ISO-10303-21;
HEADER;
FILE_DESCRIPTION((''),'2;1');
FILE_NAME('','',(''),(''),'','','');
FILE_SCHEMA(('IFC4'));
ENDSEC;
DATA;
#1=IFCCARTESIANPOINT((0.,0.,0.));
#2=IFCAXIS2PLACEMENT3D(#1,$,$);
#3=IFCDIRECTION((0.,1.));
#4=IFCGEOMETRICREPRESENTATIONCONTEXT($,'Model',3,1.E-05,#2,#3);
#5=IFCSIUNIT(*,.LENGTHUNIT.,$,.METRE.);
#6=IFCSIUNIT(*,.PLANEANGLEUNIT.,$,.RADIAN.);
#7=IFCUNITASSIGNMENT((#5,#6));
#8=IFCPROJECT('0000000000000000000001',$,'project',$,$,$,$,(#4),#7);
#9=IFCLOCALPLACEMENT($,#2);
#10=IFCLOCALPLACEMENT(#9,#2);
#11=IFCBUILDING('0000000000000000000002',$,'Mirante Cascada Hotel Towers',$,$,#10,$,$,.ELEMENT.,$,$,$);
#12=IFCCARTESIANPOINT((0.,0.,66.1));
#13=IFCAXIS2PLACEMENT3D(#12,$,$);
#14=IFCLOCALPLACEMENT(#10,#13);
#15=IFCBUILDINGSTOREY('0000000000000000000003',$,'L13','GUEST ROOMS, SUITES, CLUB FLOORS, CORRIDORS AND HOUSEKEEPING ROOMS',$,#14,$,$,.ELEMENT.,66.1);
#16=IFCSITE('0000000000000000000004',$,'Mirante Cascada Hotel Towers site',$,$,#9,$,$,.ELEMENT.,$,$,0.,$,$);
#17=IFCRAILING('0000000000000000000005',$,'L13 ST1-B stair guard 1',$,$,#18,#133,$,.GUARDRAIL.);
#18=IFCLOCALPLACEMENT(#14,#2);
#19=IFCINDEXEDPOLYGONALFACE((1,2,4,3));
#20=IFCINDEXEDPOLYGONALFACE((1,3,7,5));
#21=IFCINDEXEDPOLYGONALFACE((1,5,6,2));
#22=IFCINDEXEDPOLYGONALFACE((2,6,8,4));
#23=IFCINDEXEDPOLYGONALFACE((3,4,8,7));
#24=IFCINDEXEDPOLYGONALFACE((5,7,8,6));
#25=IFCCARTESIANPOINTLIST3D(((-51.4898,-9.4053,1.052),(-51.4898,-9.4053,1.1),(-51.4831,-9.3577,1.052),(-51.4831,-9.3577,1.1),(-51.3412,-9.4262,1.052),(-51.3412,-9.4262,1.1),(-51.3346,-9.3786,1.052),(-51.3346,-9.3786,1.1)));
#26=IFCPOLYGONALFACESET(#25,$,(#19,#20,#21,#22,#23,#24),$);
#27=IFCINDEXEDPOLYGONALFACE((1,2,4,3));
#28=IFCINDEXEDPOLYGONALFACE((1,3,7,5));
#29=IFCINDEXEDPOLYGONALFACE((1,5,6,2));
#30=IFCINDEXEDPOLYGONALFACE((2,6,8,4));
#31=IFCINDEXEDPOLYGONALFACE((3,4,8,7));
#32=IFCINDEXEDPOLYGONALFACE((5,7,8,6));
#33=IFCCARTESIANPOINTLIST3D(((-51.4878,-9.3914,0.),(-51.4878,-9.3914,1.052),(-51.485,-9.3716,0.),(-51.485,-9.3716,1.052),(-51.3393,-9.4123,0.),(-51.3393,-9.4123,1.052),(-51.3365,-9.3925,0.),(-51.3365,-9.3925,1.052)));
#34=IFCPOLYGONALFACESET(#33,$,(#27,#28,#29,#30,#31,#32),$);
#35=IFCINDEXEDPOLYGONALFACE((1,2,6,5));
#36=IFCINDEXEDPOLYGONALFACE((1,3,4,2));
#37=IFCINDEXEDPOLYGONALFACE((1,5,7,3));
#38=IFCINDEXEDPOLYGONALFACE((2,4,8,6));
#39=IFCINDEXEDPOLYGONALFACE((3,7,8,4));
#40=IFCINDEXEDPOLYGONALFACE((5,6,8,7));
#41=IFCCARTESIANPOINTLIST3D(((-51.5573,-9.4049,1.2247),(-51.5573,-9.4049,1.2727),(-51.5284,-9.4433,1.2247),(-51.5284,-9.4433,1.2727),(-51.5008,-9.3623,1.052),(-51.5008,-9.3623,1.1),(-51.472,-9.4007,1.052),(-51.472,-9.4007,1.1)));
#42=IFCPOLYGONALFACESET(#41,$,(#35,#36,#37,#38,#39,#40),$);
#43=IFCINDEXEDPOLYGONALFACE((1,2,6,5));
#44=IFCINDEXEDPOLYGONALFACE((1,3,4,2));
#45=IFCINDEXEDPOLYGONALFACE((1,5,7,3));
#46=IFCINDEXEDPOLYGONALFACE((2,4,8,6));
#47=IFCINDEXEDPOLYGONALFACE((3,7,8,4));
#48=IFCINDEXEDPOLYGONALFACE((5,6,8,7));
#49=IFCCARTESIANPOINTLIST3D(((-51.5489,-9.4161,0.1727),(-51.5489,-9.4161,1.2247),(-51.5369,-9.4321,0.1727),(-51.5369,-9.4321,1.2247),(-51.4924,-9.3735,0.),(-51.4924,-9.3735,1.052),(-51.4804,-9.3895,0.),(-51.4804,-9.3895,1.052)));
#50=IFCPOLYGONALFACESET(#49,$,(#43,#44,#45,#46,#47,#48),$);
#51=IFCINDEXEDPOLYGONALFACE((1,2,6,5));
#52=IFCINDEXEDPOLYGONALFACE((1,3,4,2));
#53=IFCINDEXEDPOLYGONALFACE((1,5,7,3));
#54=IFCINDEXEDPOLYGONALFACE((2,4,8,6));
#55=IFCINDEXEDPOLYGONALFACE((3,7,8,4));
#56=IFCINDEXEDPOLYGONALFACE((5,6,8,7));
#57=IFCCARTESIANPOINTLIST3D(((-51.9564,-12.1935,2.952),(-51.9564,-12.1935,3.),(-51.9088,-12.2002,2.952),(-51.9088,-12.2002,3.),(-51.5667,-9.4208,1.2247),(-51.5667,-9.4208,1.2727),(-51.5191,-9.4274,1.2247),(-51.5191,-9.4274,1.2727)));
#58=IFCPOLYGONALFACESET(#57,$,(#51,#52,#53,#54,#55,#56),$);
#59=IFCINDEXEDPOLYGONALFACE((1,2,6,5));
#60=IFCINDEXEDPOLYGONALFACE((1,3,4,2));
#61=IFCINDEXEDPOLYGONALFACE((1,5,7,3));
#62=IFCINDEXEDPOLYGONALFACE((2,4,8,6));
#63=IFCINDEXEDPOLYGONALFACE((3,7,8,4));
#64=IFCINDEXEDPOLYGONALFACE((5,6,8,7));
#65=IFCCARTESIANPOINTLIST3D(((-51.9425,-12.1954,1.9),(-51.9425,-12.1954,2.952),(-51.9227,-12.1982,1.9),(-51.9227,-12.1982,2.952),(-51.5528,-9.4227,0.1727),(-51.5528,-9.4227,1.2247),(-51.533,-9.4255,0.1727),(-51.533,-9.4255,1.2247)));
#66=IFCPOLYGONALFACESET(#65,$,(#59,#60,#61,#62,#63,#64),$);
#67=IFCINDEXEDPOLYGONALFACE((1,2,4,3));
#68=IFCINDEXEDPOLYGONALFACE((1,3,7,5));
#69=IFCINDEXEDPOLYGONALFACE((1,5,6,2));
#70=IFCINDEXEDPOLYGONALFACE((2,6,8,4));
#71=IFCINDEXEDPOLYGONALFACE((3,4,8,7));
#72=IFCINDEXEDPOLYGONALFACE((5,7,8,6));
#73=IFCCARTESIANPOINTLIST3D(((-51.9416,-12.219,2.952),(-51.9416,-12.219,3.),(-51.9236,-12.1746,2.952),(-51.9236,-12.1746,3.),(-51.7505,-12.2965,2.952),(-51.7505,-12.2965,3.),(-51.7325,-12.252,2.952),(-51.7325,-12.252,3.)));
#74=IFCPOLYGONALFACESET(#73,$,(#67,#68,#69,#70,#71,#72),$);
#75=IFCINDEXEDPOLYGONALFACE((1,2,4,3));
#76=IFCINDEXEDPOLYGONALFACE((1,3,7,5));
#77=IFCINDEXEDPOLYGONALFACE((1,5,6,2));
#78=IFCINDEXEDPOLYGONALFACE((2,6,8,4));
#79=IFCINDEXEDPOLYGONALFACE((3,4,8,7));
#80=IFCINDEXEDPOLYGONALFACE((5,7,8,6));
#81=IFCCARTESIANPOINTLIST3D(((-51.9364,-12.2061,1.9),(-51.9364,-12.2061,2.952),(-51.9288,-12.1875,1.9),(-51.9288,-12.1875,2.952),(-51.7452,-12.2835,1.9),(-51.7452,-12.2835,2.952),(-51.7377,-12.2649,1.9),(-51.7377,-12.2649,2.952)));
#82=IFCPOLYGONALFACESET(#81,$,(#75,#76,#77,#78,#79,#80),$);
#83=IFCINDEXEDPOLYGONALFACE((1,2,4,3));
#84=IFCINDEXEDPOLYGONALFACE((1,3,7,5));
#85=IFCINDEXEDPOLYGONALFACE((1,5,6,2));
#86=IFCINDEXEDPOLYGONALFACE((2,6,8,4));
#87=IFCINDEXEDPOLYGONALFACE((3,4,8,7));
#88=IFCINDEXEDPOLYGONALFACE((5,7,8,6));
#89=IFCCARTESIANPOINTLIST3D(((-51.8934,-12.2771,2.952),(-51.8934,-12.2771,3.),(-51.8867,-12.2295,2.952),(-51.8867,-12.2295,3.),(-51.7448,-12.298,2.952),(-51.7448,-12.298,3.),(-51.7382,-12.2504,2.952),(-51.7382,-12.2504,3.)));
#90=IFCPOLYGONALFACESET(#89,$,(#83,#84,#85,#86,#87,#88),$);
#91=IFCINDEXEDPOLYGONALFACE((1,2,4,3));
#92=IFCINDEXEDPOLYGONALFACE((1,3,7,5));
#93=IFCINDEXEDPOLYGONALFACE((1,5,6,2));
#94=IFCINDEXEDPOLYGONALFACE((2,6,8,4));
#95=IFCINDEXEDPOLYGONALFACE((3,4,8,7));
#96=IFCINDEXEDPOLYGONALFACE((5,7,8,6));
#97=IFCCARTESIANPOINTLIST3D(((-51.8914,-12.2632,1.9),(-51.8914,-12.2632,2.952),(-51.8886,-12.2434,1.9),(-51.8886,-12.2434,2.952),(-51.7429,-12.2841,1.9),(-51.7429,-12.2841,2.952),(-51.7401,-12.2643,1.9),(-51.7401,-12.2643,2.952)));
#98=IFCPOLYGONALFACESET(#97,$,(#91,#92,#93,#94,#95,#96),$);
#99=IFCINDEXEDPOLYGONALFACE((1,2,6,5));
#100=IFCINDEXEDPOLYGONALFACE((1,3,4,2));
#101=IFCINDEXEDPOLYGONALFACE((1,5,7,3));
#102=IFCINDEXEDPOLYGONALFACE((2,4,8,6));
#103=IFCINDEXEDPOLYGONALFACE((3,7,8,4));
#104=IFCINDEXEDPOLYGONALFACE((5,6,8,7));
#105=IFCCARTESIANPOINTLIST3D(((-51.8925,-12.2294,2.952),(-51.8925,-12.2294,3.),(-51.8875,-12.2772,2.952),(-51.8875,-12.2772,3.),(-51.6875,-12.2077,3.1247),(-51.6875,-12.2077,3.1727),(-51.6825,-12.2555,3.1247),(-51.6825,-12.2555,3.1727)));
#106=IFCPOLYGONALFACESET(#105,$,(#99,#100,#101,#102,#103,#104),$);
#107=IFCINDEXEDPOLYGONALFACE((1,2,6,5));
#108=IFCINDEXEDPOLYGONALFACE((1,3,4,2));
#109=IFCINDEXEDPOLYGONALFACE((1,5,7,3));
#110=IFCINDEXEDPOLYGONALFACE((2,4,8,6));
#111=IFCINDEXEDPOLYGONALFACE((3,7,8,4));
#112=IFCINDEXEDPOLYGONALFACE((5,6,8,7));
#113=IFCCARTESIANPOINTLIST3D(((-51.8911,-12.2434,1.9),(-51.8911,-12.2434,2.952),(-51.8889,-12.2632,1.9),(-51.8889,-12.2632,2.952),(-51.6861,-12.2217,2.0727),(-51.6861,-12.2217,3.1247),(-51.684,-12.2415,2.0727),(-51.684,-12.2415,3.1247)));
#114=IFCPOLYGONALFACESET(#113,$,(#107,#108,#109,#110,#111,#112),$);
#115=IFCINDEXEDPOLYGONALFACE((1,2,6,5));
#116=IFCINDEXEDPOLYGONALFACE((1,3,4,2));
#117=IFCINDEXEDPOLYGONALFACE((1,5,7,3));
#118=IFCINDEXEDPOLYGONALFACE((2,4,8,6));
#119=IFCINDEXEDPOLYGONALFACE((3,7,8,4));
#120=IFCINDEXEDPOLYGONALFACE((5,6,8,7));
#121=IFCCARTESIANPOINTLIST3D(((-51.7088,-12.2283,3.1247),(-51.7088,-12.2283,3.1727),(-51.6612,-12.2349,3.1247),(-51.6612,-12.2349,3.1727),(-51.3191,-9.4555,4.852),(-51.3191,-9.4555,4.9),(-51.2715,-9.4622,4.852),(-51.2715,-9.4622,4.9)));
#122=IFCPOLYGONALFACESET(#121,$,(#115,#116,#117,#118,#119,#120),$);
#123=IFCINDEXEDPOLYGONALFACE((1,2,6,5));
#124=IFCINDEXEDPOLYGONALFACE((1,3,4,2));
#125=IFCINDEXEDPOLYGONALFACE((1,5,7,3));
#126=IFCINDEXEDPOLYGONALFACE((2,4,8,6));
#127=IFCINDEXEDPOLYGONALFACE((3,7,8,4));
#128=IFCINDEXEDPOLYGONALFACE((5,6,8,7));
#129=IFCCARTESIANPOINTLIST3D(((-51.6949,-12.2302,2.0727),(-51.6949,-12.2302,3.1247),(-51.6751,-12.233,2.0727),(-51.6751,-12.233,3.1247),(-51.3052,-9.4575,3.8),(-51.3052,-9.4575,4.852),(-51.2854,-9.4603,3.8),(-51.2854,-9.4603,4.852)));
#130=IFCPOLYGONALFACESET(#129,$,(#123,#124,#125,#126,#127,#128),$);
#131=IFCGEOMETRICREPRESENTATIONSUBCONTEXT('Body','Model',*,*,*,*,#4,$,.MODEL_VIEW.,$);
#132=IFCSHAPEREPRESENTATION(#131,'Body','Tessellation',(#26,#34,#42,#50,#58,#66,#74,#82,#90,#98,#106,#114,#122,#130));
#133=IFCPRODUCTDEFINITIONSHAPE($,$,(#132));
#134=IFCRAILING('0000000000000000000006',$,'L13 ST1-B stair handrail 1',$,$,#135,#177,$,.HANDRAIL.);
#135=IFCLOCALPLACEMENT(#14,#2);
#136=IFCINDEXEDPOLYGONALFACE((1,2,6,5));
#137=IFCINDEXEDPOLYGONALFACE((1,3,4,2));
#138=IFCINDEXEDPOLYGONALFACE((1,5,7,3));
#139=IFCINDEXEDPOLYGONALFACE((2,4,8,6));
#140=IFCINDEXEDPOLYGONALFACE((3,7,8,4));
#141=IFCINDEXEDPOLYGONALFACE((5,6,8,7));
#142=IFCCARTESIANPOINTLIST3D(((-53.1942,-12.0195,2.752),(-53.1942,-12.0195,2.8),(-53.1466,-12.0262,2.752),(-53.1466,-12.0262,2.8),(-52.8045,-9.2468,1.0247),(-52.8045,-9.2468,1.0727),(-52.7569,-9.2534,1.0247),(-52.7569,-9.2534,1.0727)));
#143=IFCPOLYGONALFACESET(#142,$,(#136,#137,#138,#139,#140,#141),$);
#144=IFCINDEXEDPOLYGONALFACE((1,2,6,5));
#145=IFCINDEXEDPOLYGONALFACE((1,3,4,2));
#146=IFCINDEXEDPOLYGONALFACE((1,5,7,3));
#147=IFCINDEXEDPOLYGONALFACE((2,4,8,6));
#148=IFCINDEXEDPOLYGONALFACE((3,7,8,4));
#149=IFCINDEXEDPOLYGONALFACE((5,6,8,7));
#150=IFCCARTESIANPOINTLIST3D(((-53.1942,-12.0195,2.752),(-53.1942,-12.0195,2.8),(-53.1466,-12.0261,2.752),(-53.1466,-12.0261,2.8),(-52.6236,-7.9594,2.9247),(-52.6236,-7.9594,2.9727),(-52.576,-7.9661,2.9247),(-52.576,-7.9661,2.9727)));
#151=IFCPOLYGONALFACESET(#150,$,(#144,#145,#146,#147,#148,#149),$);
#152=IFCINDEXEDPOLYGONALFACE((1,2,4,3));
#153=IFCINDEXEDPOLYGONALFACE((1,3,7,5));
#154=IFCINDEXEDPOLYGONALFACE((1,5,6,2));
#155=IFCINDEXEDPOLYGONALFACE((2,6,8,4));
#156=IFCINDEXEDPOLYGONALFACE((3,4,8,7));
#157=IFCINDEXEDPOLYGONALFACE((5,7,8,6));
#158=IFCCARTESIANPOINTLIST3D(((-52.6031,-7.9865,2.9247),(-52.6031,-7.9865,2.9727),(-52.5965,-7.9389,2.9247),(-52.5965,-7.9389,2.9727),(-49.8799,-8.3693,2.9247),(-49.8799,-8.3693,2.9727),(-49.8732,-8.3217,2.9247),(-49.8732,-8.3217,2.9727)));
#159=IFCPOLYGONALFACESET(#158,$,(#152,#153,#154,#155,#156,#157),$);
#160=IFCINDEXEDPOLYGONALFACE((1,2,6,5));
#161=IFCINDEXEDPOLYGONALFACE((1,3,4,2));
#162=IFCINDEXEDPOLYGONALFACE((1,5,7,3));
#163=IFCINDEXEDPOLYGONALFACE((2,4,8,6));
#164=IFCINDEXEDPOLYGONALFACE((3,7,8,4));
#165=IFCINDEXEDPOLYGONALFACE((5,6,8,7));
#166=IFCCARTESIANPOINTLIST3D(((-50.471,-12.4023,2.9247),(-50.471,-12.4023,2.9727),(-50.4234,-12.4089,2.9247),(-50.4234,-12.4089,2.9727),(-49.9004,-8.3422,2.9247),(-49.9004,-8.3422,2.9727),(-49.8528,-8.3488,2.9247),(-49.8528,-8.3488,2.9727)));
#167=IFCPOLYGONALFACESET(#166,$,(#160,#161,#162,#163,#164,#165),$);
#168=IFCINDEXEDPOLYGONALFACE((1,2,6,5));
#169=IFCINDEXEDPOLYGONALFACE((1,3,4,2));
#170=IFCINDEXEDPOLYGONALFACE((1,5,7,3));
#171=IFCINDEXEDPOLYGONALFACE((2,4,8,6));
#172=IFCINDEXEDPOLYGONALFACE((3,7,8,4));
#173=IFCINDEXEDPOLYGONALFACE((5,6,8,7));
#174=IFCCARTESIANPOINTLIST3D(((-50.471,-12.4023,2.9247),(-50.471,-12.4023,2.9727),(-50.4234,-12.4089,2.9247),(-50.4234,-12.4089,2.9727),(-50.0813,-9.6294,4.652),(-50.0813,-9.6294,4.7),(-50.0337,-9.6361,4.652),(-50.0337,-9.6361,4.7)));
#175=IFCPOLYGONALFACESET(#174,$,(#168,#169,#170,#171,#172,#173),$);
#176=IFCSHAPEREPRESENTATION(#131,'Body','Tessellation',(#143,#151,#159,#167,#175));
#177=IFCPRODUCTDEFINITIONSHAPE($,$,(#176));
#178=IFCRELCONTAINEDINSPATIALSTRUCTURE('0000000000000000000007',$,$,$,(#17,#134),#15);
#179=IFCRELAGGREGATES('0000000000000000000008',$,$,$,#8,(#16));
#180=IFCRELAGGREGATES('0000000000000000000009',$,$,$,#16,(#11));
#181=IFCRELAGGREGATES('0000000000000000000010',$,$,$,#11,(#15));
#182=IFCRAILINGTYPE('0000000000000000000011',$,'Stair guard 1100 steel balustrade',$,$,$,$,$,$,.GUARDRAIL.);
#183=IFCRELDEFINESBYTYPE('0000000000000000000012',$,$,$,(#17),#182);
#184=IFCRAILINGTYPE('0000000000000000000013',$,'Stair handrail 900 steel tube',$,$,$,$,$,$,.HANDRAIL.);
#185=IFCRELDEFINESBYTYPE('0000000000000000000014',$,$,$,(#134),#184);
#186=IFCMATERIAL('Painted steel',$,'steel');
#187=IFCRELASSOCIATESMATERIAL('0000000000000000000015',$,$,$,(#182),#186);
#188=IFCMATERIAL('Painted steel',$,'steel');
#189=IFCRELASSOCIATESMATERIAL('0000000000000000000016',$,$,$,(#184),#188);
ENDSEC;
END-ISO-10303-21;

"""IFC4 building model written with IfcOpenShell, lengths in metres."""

from ifc_helpers import new_model, si_unit, direction, frame, origin, origin_2d, place, context, subcontext, project, spatial, rectangle, extrude, material, type_object, element, save


model = new_model("IFC4")

# Units and contexts
model_context = context("Model", 3, precision=1e-05, world=origin(), true_north=direction((0.0, 1.0)))
body_context = subcontext(model_context, "Body", "Model", "MODEL_VIEW")
ifc_project = project(units=[si_unit("LENGTHUNIT", "METRE"), si_unit("PLANEANGLEUNIT", "RADIAN")], contexts=[model_context])

# Site, building, storey
site_placement = place(None, origin())
site = spatial("IfcSite", under=ifc_project, at=site_placement, Name="Mirante Cascada Hotel Towers site", CompositionType="ELEMENT", RefElevation=0.0)
building_placement = place(site_placement, origin())
building = spatial("IfcBuilding", under=site, at=building_placement, Name="Mirante Cascada Hotel Towers", CompositionType="ELEMENT")
storey_placement = place(building_placement, frame((0.0, 0.0, 66.1)))
storey = spatial("IfcBuildingStorey", under=building, at=storey_placement, Name="L13", Description="GUEST ROOMS, SUITES, CLUB FLOORS, CORRIDORS AND HOUSEKEEPING ROOMS", CompositionType="ELEMENT", Elevation=66.1)

# Railings
ifc_material_1 = material(Name="Painted steel", Category="steel")
railing_type_1 = type_object("IfcRailingType", Name="Stair guard 1100 steel balustrade", PredefinedType="GUARDRAIL", material=ifc_material_1)
railing_1_placement = place(storey_placement, frame((-51.3379, -9.4024, 0.0)))
element("IfcRailing", 1, at=railing_1_placement, inside=storey, type_object=railing_type_1, Name="L13 ST1-B stair guard 1", PredefinedType="GUARDRAIL", context=body_context, shape_type="SweptSolid", body=[
    extrude(rectangle(XDim=0.048, YDim=0.048, at=origin_2d()), frame((0.0, 0.0, 1.076), z_axis=(-0.990241, 0.139367, 0.0), x_axis=(-0.139367, -0.990241, 0.0)), (0.0, 0.0, 1.0), 0.15),
    extrude(rectangle(XDim=0.02, YDim=1.052, at=origin_2d()), frame((0.0, 0.0, 0.526), z_axis=(-0.990241, 0.139367, 0.0), x_axis=(-0.139367, -0.990241, 0.0)), (0.0, 0.0, 1.0), 0.15),
    extrude(rectangle(XDim=0.048, YDim=0.048, at=origin_2d()), frame((-0.1485, 0.0209, 1.076), z_axis=(-0.798471, -0.602033, 0.0), x_axis=(0.602033, -0.798471, 0.0)), (0.0, 0.92534, 0.379139), 0.1866),
    extrude(rectangle(XDim=0.02, YDim=1.052, at=origin_2d()), frame((-0.1485, 0.0209, 0.526), z_axis=(-0.798471, -0.602033, 0.0), x_axis=(0.602033, -0.798471, 0.0)), (0.0, 0.92534, 0.379139), 0.1866),
    extrude(rectangle(XDim=0.048, YDim=0.048, at=origin_2d()), frame((-0.205, -0.0217, 1.2487), z_axis=(-0.139181, -0.990267, 0.0), x_axis=(0.990267, -0.139181, 0.0)), (0.0, 0.525035, 0.851081), 3.2899),
    extrude(rectangle(XDim=0.02, YDim=1.052, at=origin_2d()), frame((-0.205, -0.0217, 0.6987), z_axis=(-0.139181, -0.990267, 0.0), x_axis=(0.990267, -0.139181, 0.0)), (0.0, 0.525035, 0.851081), 3.2899),
    extrude(rectangle(XDim=0.048, YDim=0.048, at=origin_2d()), frame((-0.5947, -2.7944, 2.976), z_axis=(0.926862, -0.375401, 0.0), x_axis=(0.375401, 0.926862, 0.0)), (0.0, 0.0, 1.0), 0.2062),
    extrude(rectangle(XDim=0.02, YDim=1.052, at=origin_2d()), frame((-0.5947, -2.7944, 2.426), z_axis=(0.926862, -0.375401, 0.0), x_axis=(0.375401, 0.926862, 0.0)), (0.0, 0.0, 1.0), 0.2062),
    extrude(rectangle(XDim=0.048, YDim=0.048, at=origin_2d()), frame((-0.4036, -2.8718, 2.976), z_axis=(-0.990241, 0.139367, 0.0), x_axis=(-0.139367, -0.990241, 0.0)), (0.0, 0.0, 1.0), 0.15),
    extrude(rectangle(XDim=0.02, YDim=1.052, at=origin_2d()), frame((-0.4036, -2.8718, 2.426), z_axis=(-0.990241, 0.139367, 0.0), x_axis=(-0.139367, -0.990241, 0.0)), (0.0, 0.0, 1.0), 0.15),
    extrude(rectangle(XDim=0.048, YDim=0.048, at=origin_2d()), frame((-0.5521, -2.8509, 2.976), z_axis=(0.994444, 0.105266, 0.0), x_axis=(-0.105266, 0.994444, 0.0)), (0.0, 0.642184, 0.76655), 0.2689),
    extrude(rectangle(XDim=0.02, YDim=1.052, at=origin_2d()), frame((-0.5521, -2.8509, 2.426), z_axis=(0.994444, 0.105266, 0.0), x_axis=(-0.105266, 0.994444, 0.0)), (0.0, 0.642184, 0.76655), 0.2689),
    extrude(rectangle(XDim=0.048, YDim=0.048, at=origin_2d()), frame((-0.3471, -2.8292, 3.1487), z_axis=(0.139181, 0.990267, 0.0), x_axis=(-0.990267, 0.139181, 0.0)), (0.0, 0.525035, 0.851081), 3.2899),
    extrude(rectangle(XDim=0.02, YDim=1.052, at=origin_2d()), frame((-0.3471, -2.8292, 2.5987), z_axis=(0.139181, 0.990267, 0.0), x_axis=(-0.990267, 0.139181, 0.0)), (0.0, 0.525035, 0.851081), 3.2899),
])
ifc_material_2 = material(Name="Painted steel", Category="steel")
railing_type_2 = type_object("IfcRailingType", Name="Stair handrail 900 steel tube", PredefinedType="HANDRAIL", material=ifc_material_2)
railing_2_placement = place(storey_placement, frame((-52.7807, -9.2501, 0.1727)))
element("IfcRailing", 2, at=railing_2_placement, inside=storey, type_object=railing_type_2, Name="L13 ST1-B stair handrail 1", PredefinedType="HANDRAIL", context=body_context, shape_type="SweptSolid", body=[
    extrude(rectangle(XDim=0.048, YDim=0.048, at=origin_2d()), frame((0.0, 0.0, 0.876), z_axis=(-0.139181, -0.990267, 0.0), x_axis=(0.990267, -0.139181, 0.0)), (0.0, 0.525035, 0.851081), 3.2899),
    extrude(rectangle(XDim=0.048, YDim=0.048, at=origin_2d()), frame((-0.3897, -2.7727, 2.6033), z_axis=(0.139171, 0.990268, 0.0), x_axis=(-0.990268, 0.139171, 0.0)), (0.0, 0.042085, 0.999114), 4.1036),
    extrude(rectangle(XDim=0.048, YDim=0.048, at=origin_2d()), frame((0.1809, 1.2874, 2.776), z_axis=(0.990264, -0.139201, 0.0), x_axis=(0.139201, 0.990264, 0.0)), (0.0, 0.0, 1.0), 2.75),
    extrude(rectangle(XDim=0.048, YDim=0.048, at=origin_2d()), frame((2.9041, 0.9046, 2.776), z_axis=(-0.139171, -0.990268, 0.0), x_axis=(0.990268, -0.139171, 0.0)), (0.0, 0.0, 1.0), 4.1),
    extrude(rectangle(XDim=0.048, YDim=0.048, at=origin_2d()), frame((2.3335, -3.1555, 2.776), z_axis=(0.139176, 0.990268, 0.0), x_axis=(-0.990268, 0.139176, 0.0)), (0.0, 0.525021, 0.851089), 3.29),
])

save(model, "model.ifc")
